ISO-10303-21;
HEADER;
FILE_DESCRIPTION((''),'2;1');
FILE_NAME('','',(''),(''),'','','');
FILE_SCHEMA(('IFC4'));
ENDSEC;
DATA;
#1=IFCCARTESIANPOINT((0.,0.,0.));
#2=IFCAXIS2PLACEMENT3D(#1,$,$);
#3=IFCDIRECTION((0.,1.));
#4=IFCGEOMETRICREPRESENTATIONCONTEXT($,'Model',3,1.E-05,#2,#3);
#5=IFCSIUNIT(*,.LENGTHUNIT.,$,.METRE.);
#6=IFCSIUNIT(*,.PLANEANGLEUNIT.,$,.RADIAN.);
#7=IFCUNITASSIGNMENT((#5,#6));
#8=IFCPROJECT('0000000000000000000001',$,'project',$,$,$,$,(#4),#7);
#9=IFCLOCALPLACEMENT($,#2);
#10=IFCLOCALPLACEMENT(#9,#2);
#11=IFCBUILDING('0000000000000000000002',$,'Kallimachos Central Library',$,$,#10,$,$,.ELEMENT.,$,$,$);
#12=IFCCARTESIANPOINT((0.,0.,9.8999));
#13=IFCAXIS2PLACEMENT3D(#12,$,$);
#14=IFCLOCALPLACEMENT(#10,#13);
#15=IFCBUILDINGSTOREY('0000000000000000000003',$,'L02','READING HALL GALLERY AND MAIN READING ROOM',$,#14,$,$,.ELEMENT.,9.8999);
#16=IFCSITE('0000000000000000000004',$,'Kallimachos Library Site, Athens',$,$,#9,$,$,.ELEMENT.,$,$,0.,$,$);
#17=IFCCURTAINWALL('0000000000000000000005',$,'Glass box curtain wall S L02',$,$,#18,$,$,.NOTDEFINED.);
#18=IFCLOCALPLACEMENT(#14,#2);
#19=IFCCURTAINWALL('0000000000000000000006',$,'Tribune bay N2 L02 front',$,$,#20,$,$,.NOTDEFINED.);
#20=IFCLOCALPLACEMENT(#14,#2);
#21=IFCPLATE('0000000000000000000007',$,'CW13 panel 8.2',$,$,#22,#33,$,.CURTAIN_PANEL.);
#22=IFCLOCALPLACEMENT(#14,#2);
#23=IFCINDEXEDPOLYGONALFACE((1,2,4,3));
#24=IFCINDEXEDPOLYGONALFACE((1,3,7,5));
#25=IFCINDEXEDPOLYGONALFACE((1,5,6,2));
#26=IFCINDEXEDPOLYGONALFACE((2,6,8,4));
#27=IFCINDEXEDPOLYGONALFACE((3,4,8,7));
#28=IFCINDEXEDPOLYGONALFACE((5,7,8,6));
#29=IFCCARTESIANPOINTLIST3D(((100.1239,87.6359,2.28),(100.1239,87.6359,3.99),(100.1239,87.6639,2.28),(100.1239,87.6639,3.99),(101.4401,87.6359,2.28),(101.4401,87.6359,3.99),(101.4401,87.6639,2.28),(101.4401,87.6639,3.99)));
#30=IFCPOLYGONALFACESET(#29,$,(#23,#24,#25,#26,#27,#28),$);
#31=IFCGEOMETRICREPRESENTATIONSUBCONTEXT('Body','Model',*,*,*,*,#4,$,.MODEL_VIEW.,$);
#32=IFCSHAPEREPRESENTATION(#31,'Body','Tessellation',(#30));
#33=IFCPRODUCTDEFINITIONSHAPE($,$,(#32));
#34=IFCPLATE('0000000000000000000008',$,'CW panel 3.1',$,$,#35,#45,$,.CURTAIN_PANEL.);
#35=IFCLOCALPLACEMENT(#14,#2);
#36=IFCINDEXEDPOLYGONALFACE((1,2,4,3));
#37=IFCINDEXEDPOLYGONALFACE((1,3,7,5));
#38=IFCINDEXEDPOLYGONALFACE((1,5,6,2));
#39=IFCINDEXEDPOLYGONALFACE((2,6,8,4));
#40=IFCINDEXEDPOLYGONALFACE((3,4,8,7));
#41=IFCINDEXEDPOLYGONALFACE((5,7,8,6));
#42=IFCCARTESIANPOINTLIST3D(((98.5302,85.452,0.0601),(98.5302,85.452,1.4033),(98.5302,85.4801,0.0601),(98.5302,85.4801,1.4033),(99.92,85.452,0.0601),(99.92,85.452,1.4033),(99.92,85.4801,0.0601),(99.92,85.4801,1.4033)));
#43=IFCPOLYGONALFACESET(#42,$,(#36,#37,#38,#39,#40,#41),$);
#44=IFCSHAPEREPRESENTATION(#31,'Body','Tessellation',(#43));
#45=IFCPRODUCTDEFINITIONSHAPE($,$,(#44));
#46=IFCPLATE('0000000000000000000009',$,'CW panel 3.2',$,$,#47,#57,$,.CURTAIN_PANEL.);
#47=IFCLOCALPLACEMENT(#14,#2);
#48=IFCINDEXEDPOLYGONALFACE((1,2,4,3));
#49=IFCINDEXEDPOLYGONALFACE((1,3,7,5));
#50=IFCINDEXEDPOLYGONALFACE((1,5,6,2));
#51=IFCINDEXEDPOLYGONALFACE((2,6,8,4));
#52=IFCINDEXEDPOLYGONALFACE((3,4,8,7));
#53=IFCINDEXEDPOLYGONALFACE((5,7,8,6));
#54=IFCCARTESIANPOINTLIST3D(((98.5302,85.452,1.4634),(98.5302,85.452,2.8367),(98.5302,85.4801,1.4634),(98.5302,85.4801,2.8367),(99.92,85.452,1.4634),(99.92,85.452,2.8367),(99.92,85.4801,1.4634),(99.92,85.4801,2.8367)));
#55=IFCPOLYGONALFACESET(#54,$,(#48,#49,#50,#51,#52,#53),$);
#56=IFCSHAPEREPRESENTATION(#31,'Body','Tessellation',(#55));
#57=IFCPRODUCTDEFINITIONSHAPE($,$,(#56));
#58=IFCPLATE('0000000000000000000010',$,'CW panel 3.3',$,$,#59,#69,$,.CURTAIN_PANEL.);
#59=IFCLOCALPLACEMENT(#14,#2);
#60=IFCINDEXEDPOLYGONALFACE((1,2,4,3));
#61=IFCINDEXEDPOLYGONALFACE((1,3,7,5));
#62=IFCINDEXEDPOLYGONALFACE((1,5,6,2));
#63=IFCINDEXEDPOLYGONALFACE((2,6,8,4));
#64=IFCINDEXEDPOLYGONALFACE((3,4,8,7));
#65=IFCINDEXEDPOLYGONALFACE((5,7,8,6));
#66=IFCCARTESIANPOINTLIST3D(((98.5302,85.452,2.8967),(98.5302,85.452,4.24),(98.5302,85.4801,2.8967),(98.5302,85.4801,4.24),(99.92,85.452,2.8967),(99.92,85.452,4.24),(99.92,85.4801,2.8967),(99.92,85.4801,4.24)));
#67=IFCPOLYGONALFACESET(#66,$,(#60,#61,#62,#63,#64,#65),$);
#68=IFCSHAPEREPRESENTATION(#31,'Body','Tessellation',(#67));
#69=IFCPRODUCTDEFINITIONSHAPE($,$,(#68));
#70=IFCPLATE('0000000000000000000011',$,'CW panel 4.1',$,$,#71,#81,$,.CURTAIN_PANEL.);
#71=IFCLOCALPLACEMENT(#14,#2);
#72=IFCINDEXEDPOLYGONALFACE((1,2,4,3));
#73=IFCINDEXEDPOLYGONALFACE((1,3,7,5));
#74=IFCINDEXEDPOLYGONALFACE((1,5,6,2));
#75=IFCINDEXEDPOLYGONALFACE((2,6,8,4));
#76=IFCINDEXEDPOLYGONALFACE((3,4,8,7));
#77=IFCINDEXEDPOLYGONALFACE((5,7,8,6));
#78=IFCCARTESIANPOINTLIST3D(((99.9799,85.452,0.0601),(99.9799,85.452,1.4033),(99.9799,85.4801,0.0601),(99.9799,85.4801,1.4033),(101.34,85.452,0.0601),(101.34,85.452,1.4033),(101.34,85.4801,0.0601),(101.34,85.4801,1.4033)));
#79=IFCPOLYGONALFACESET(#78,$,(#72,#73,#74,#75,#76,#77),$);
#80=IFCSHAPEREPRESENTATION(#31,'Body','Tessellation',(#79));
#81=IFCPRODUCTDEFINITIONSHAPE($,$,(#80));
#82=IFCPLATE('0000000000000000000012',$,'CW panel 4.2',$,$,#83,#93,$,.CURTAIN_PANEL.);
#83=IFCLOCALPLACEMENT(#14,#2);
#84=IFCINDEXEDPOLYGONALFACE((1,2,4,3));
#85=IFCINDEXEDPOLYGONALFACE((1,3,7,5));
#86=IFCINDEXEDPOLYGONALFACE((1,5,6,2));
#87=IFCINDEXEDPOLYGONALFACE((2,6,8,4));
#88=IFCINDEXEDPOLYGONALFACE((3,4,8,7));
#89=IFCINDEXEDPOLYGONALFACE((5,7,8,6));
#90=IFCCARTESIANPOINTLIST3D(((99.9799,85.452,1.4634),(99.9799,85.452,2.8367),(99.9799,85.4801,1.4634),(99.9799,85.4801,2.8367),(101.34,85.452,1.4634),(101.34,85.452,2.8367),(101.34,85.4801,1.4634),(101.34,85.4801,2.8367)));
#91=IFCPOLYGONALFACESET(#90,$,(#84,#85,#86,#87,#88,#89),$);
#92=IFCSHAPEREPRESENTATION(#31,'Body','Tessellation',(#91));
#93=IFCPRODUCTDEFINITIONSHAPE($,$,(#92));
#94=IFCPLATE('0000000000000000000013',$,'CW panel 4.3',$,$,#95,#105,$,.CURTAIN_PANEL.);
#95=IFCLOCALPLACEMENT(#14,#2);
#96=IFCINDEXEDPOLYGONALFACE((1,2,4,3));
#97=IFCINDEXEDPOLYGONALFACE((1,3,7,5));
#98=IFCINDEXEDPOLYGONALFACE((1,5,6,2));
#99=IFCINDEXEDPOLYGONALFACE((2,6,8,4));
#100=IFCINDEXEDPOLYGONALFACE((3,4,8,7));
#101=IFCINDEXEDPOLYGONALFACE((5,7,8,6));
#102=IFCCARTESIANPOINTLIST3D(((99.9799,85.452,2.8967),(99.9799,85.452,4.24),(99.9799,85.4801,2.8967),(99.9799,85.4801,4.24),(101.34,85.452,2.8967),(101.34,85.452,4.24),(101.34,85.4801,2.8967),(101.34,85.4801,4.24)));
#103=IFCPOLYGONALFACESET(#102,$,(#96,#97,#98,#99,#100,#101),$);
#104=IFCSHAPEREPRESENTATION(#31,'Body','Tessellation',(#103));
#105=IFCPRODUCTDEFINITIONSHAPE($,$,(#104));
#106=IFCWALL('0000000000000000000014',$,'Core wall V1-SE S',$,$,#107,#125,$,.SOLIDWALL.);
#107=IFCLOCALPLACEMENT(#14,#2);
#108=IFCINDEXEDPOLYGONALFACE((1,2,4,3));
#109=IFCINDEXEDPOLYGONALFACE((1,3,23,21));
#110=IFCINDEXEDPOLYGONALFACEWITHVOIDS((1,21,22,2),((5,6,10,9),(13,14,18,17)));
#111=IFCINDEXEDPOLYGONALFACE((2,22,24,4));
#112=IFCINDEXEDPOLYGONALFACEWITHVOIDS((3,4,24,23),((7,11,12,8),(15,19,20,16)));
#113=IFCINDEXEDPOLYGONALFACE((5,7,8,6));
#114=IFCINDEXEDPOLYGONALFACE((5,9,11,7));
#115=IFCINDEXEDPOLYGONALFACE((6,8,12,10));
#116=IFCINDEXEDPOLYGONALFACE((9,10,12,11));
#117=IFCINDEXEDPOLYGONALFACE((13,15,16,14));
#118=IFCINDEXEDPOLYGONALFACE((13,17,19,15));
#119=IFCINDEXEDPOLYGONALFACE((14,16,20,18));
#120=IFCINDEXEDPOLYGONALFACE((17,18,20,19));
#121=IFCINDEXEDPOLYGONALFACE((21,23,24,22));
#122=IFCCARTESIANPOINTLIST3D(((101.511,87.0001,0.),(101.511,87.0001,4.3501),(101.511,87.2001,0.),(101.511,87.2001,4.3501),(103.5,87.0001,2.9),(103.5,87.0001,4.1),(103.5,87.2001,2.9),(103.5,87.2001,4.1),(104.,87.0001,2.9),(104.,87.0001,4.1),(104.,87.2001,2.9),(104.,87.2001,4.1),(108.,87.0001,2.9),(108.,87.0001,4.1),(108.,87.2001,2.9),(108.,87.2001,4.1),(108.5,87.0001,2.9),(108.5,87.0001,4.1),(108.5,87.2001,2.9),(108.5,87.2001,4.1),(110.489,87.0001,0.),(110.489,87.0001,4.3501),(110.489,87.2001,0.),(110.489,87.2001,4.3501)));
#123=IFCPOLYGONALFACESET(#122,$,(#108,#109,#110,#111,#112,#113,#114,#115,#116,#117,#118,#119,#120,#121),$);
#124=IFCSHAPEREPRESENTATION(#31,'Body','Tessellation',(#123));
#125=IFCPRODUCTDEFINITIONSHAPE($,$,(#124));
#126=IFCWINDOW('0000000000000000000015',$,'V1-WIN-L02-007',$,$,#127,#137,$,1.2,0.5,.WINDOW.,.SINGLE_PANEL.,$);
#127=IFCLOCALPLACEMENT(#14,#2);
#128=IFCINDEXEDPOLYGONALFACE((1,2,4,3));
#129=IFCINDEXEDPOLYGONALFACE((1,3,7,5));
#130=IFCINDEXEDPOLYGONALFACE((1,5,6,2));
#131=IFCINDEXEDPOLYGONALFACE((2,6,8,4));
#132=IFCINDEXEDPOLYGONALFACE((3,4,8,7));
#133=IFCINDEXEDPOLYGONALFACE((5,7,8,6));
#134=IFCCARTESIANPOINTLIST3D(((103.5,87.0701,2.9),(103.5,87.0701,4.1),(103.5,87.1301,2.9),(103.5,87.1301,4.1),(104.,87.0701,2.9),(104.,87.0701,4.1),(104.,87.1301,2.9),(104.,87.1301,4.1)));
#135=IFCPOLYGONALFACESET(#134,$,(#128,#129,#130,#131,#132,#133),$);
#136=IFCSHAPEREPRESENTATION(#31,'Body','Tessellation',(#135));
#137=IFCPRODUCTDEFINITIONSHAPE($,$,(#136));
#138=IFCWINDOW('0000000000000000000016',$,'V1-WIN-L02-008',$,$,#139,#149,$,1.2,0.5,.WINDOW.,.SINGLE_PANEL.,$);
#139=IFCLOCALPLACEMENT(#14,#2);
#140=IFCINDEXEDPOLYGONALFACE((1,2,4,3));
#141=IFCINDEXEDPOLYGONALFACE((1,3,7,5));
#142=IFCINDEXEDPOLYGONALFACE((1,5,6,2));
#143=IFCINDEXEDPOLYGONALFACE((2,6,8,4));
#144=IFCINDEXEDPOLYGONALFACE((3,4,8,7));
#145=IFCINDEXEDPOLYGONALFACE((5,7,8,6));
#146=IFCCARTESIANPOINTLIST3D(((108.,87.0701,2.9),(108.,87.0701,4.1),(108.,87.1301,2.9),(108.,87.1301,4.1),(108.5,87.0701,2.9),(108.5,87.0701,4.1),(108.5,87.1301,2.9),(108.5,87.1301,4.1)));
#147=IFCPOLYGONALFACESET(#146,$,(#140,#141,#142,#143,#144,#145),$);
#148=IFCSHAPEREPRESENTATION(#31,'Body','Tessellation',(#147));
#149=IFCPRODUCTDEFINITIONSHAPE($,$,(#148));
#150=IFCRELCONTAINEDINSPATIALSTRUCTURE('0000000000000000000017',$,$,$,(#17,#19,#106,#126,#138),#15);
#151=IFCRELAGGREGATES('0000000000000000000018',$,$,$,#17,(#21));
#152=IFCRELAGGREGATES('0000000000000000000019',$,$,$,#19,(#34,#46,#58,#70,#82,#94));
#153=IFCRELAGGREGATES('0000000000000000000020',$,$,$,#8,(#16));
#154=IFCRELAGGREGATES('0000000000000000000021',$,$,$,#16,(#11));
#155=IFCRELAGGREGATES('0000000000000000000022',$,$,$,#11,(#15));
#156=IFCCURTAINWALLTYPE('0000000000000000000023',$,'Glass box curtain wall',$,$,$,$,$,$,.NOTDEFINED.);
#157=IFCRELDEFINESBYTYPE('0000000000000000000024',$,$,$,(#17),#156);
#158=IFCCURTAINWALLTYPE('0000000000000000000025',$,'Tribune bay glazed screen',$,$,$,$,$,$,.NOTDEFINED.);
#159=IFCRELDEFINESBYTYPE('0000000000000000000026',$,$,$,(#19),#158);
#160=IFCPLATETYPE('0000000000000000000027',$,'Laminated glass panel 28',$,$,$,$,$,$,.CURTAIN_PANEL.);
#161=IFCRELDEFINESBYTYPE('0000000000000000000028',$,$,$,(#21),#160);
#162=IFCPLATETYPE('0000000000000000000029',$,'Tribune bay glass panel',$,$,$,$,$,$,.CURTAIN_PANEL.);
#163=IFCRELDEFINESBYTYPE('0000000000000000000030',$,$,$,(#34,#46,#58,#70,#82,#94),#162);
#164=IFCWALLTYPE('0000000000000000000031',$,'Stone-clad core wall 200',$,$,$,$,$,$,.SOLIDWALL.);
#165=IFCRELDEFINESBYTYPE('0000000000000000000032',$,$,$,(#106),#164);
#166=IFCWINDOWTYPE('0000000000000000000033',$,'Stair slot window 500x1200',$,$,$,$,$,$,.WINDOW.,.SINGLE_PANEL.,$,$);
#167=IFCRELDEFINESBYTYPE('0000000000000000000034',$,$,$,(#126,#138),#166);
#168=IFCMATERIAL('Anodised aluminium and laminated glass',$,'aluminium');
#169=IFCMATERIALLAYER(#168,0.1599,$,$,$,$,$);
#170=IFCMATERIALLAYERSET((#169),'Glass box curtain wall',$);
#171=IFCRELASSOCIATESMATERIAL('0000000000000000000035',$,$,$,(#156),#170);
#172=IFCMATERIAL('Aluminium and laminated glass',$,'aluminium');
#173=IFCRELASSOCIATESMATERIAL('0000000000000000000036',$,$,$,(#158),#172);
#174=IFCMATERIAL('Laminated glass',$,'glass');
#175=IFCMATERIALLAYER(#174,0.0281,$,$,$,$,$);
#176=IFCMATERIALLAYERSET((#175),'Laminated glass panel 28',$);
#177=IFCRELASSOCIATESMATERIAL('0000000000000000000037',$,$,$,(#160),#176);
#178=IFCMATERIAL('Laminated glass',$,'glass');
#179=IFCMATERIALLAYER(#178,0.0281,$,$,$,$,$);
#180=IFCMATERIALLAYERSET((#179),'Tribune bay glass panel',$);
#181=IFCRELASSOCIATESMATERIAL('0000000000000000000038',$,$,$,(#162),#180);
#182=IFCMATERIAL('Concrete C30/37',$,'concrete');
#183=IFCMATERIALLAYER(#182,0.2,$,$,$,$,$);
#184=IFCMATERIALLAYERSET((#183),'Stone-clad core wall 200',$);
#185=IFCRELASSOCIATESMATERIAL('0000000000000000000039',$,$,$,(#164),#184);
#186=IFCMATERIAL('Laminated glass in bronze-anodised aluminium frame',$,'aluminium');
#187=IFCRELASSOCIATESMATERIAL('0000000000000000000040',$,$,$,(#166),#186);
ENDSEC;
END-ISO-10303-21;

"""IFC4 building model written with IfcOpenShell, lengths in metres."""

from ifc_helpers import new_model, si_unit, direction, frame, frame_2d, origin, origin_2d, place, context, subcontext, project, spatial, rectangle, extrude, material, layer, layer_set, type_object, element, fill, aggregate, save


model = new_model("IFC4")

# Units and contexts
model_context = context("Model", 3, precision=1e-05, world=origin(), true_north=direction((0.0, 1.0)))
body_context = subcontext(model_context, "Body", "Model", "MODEL_VIEW")
ifc_project = project(units=[si_unit("LENGTHUNIT", "METRE"), si_unit("PLANEANGLEUNIT", "RADIAN")], contexts=[model_context])

# Site, building, storey
site_placement = place(None, origin())
site = spatial("IfcSite", under=ifc_project, at=site_placement, Name="Kallimachos Library Site, Athens", CompositionType="ELEMENT", RefElevation=0.0)
building_placement = place(site_placement, origin())
building = spatial("IfcBuilding", under=site, at=building_placement, Name="Kallimachos Central Library", CompositionType="ELEMENT")
storey_placement = place(building_placement, frame((0.0, 0.0, 9.8999)))
storey = spatial("IfcBuildingStorey", under=building, at=storey_placement, Name="L02", Description="READING HALL GALLERY AND MAIN READING ROOM", CompositionType="ELEMENT", Elevation=9.8999)

# Curtain walls
ifc_material_1 = material(Name="Anodised aluminium and laminated glass", Category="aluminium")
ifc_layer_1 = layer(ifc_material_1, 0.1599)
ifc_layer_set_1 = layer_set([ifc_layer_1], Name="Glass box curtain wall")
curtain_wall_type_1 = type_object("IfcCurtainWallType", Name="Glass box curtain wall", PredefinedType="NOTDEFINED", material=ifc_layer_set_1)
curtain_wall_1_placement = place(storey_placement, origin())
curtain_wall_1 = element("IfcCurtainWall", 1, at=curtain_wall_1_placement, inside=storey, type_object=curtain_wall_type_1, Name="Glass box curtain wall S L02", PredefinedType="NOTDEFINED")
ifc_material_2 = material(Name="Aluminium and laminated glass", Category="aluminium")
curtain_wall_type_2 = type_object("IfcCurtainWallType", Name="Tribune bay glazed screen", PredefinedType="NOTDEFINED", material=ifc_material_2)
curtain_wall_2_placement = place(storey_placement, origin())
curtain_wall_2 = element("IfcCurtainWall", 2, at=curtain_wall_2_placement, inside=storey, type_object=curtain_wall_type_2, Name="Tribune bay N2 L02 front", PredefinedType="NOTDEFINED")

# Plates
ifc_material_3 = material(Name="Laminated glass", Category="glass")
ifc_layer_2 = layer(ifc_material_3, 0.0281)
ifc_layer_set_2 = layer_set([ifc_layer_2], Name="Laminated glass panel 28")
plate_type_1 = type_object("IfcPlateType", Name="Laminated glass panel 28", PredefinedType="CURTAIN_PANEL", material=ifc_layer_set_2)
plate_1_placement = place(storey_placement, frame((100.782, 87.6499, 2.28), z_axis=(0.0, 0.0, 1.0), x_axis=(1.0, 0.0, 0.0)))
plate_1 = element("IfcPlate", 3, at=plate_1_placement, type_object=plate_type_1, Name="CW13 panel 8.2", PredefinedType="CURTAIN_PANEL", context=body_context, shape_type="SweptSolid", body=[
    extrude(rectangle(XDim=1.3162, YDim=0.0281, at=origin_2d()), origin(), (0.0, 0.0, 1.0), 1.71),
])
aggregate(curtain_wall_1, [plate_1])
ifc_material_4 = material(Name="Laminated glass", Category="glass")
ifc_layer_3 = layer(ifc_material_4, 0.0281)
ifc_layer_set_3 = layer_set([ifc_layer_3], Name="Tribune bay glass panel")
plate_type_2 = type_object("IfcPlateType", Name="Tribune bay glass panel", PredefinedType="CURTAIN_PANEL", material=ifc_layer_set_3)
plate_2_placement = place(storey_placement, frame((99.2251, 85.4661, 0.0601), z_axis=(0.0, 0.0, 1.0), x_axis=(1.0, 0.0, 0.0)))
plate_2 = element("IfcPlate", 4, at=plate_2_placement, type_object=plate_type_2, Name="CW panel 3.1", PredefinedType="CURTAIN_PANEL", context=body_context, shape_type="SweptSolid", body=[
    extrude(rectangle(XDim=1.3899, YDim=0.0281, at=origin_2d()), origin(), (0.0, 0.0, 1.0), 1.3433),
])
plate_3_placement = place(storey_placement, frame((99.2251, 85.4661, 1.4634), z_axis=(0.0, 0.0, 1.0), x_axis=(1.0, 0.0, 0.0)))
plate_3 = element("IfcPlate", 5, at=plate_3_placement, type_object=plate_type_2, Name="CW panel 3.2", PredefinedType="CURTAIN_PANEL", context=body_context, shape_type="SweptSolid", body=[
    extrude(rectangle(XDim=1.3899, YDim=0.0281, at=origin_2d()), origin(), (0.0, 0.0, 1.0), 1.3733),
])
plate_4_placement = place(storey_placement, frame((99.2251, 85.4661, 2.8967), z_axis=(0.0, 0.0, 1.0), x_axis=(1.0, 0.0, 0.0)))
plate_4 = element("IfcPlate", 6, at=plate_4_placement, type_object=plate_type_2, Name="CW panel 3.3", PredefinedType="CURTAIN_PANEL", context=body_context, shape_type="SweptSolid", body=[
    extrude(rectangle(XDim=1.3899, YDim=0.0281, at=origin_2d()), origin(), (0.0, 0.0, 1.0), 1.3433),
])
plate_5_placement = place(storey_placement, frame((100.6599, 85.4661, 0.0601), z_axis=(0.0, 0.0, 1.0), x_axis=(1.0, 0.0, 0.0)))
plate_5 = element("IfcPlate", 7, at=plate_5_placement, type_object=plate_type_2, Name="CW panel 4.1", PredefinedType="CURTAIN_PANEL", context=body_context, shape_type="SweptSolid", body=[
    extrude(rectangle(XDim=1.3601, YDim=0.0281, at=origin_2d()), origin(), (0.0, 0.0, 1.0), 1.3433),
])
plate_6_placement = place(storey_placement, frame((100.6599, 85.4661, 1.4634), z_axis=(0.0, 0.0, 1.0), x_axis=(1.0, 0.0, 0.0)))
plate_6 = element("IfcPlate", 8, at=plate_6_placement, type_object=plate_type_2, Name="CW panel 4.2", PredefinedType="CURTAIN_PANEL", context=body_context, shape_type="SweptSolid", body=[
    extrude(rectangle(XDim=1.3601, YDim=0.0281, at=origin_2d()), origin(), (0.0, 0.0, 1.0), 1.3733),
])
plate_7_placement = place(storey_placement, frame((100.6599, 85.4661, 2.8967), z_axis=(0.0, 0.0, 1.0), x_axis=(1.0, 0.0, 0.0)))
plate_7 = element("IfcPlate", 9, at=plate_7_placement, type_object=plate_type_2, Name="CW panel 4.3", PredefinedType="CURTAIN_PANEL", context=body_context, shape_type="SweptSolid", body=[
    extrude(rectangle(XDim=1.3601, YDim=0.0281, at=origin_2d()), origin(), (0.0, 0.0, 1.0), 1.3433),
])
aggregate(curtain_wall_2, [plate_2, plate_3, plate_4, plate_5, plate_6, plate_7])

# Wall, openings, windows
ifc_material_5 = material(Name="Concrete C30/37", Category="concrete")
ifc_layer_4 = layer(ifc_material_5, 0.2)
ifc_layer_set_4 = layer_set([ifc_layer_4], Name="Stone-clad core wall 200")
wall_type = type_object("IfcWallType", Name="Stone-clad core wall 200", PredefinedType="SOLIDWALL", material=ifc_layer_set_4)
wall_placement = place(storey_placement, frame((101.511, 87.1001, 0.0), z_axis=(0.0, 0.0, 1.0), x_axis=(1.0, 0.0, 0.0)))
wall = element("IfcWall", 10, at=wall_placement, inside=storey, type_object=wall_type, Name="Core wall V1-SE S", PredefinedType="SOLIDWALL", context=body_context, shape_type="SweptSolid", body=[
    extrude(rectangle(XDim=8.978, YDim=0.2, at=frame_2d((4.489, 0.0))), origin(), (0.0, 0.0, 1.0), 4.3501),
])
opening_1_placement = place(wall_placement, frame((1.989, 0.0, 2.8999)))
opening_1 = element("IfcOpeningElement", 11, at=opening_1_placement, cuts=wall, PredefinedType="OPENING", context=body_context, shape_type="SweptSolid", body=[
    extrude(rectangle(XDim=0.5, YDim=1.2, at=frame_2d((0.25, 0.6001))), frame((0.0, 0.1099, 0.0), z_axis=(0.0, -1.0, 0.0), x_axis=(1.0, 0.0, 0.0)), (0.0, 0.0, 1.0), 0.22),
])
opening_2_placement = place(wall_placement, frame((6.489, 0.0, 2.8999)))
opening_2 = element("IfcOpeningElement", 12, at=opening_2_placement, cuts=wall, PredefinedType="OPENING", context=body_context, shape_type="SweptSolid", body=[
    extrude(rectangle(XDim=0.5, YDim=1.2, at=frame_2d((0.25, 0.6001))), frame((0.0, 0.1099, 0.0), z_axis=(0.0, -1.0, 0.0), x_axis=(1.0, 0.0, 0.0)), (0.0, 0.0, 1.0), 0.22),
])
ifc_material_6 = material(Name="Laminated glass in bronze-anodised aluminium frame", Category="aluminium")
window_type = type_object("IfcWindowType", Name="Stair slot window 500x1200", PartitioningType="SINGLE_PANEL", PredefinedType="WINDOW", material=ifc_material_6)
window_1_placement = place(opening_1_placement, origin())
window_1 = element("IfcWindow", 13, at=window_1_placement, inside=storey, type_object=window_type, Name="V1-WIN-L02-007", OverallHeight=1.2, OverallWidth=0.5, PartitioningType="SINGLE_PANEL", PredefinedType="WINDOW", context=body_context, shape_type="SweptSolid", body=[
    extrude(rectangle(XDim=0.5, YDim=1.2, at=frame_2d((0.25, 0.6001))), frame((0.0, 0.03, 0.0), z_axis=(0.0, -1.0, 0.0), x_axis=(1.0, 0.0, 0.0)), (0.0, 0.0, 1.0), 0.0601),
])
fill(opening_1, window_1)
window_2_placement = place(opening_2_placement, origin())
window_2 = element("IfcWindow", 14, at=window_2_placement, inside=storey, type_object=window_type, Name="V1-WIN-L02-008", OverallHeight=1.2, OverallWidth=0.5, PartitioningType="SINGLE_PANEL", PredefinedType="WINDOW", context=body_context, shape_type="SweptSolid", body=[
    extrude(rectangle(XDim=0.5, YDim=1.2, at=frame_2d((0.25, 0.6001))), frame((0.0, 0.03, 0.0), z_axis=(0.0, -1.0, 0.0), x_axis=(1.0, 0.0, 0.0)), (0.0, 0.0, 1.0), 0.0601),
])
fill(opening_2, window_2)

save(model, "model.ifc")
